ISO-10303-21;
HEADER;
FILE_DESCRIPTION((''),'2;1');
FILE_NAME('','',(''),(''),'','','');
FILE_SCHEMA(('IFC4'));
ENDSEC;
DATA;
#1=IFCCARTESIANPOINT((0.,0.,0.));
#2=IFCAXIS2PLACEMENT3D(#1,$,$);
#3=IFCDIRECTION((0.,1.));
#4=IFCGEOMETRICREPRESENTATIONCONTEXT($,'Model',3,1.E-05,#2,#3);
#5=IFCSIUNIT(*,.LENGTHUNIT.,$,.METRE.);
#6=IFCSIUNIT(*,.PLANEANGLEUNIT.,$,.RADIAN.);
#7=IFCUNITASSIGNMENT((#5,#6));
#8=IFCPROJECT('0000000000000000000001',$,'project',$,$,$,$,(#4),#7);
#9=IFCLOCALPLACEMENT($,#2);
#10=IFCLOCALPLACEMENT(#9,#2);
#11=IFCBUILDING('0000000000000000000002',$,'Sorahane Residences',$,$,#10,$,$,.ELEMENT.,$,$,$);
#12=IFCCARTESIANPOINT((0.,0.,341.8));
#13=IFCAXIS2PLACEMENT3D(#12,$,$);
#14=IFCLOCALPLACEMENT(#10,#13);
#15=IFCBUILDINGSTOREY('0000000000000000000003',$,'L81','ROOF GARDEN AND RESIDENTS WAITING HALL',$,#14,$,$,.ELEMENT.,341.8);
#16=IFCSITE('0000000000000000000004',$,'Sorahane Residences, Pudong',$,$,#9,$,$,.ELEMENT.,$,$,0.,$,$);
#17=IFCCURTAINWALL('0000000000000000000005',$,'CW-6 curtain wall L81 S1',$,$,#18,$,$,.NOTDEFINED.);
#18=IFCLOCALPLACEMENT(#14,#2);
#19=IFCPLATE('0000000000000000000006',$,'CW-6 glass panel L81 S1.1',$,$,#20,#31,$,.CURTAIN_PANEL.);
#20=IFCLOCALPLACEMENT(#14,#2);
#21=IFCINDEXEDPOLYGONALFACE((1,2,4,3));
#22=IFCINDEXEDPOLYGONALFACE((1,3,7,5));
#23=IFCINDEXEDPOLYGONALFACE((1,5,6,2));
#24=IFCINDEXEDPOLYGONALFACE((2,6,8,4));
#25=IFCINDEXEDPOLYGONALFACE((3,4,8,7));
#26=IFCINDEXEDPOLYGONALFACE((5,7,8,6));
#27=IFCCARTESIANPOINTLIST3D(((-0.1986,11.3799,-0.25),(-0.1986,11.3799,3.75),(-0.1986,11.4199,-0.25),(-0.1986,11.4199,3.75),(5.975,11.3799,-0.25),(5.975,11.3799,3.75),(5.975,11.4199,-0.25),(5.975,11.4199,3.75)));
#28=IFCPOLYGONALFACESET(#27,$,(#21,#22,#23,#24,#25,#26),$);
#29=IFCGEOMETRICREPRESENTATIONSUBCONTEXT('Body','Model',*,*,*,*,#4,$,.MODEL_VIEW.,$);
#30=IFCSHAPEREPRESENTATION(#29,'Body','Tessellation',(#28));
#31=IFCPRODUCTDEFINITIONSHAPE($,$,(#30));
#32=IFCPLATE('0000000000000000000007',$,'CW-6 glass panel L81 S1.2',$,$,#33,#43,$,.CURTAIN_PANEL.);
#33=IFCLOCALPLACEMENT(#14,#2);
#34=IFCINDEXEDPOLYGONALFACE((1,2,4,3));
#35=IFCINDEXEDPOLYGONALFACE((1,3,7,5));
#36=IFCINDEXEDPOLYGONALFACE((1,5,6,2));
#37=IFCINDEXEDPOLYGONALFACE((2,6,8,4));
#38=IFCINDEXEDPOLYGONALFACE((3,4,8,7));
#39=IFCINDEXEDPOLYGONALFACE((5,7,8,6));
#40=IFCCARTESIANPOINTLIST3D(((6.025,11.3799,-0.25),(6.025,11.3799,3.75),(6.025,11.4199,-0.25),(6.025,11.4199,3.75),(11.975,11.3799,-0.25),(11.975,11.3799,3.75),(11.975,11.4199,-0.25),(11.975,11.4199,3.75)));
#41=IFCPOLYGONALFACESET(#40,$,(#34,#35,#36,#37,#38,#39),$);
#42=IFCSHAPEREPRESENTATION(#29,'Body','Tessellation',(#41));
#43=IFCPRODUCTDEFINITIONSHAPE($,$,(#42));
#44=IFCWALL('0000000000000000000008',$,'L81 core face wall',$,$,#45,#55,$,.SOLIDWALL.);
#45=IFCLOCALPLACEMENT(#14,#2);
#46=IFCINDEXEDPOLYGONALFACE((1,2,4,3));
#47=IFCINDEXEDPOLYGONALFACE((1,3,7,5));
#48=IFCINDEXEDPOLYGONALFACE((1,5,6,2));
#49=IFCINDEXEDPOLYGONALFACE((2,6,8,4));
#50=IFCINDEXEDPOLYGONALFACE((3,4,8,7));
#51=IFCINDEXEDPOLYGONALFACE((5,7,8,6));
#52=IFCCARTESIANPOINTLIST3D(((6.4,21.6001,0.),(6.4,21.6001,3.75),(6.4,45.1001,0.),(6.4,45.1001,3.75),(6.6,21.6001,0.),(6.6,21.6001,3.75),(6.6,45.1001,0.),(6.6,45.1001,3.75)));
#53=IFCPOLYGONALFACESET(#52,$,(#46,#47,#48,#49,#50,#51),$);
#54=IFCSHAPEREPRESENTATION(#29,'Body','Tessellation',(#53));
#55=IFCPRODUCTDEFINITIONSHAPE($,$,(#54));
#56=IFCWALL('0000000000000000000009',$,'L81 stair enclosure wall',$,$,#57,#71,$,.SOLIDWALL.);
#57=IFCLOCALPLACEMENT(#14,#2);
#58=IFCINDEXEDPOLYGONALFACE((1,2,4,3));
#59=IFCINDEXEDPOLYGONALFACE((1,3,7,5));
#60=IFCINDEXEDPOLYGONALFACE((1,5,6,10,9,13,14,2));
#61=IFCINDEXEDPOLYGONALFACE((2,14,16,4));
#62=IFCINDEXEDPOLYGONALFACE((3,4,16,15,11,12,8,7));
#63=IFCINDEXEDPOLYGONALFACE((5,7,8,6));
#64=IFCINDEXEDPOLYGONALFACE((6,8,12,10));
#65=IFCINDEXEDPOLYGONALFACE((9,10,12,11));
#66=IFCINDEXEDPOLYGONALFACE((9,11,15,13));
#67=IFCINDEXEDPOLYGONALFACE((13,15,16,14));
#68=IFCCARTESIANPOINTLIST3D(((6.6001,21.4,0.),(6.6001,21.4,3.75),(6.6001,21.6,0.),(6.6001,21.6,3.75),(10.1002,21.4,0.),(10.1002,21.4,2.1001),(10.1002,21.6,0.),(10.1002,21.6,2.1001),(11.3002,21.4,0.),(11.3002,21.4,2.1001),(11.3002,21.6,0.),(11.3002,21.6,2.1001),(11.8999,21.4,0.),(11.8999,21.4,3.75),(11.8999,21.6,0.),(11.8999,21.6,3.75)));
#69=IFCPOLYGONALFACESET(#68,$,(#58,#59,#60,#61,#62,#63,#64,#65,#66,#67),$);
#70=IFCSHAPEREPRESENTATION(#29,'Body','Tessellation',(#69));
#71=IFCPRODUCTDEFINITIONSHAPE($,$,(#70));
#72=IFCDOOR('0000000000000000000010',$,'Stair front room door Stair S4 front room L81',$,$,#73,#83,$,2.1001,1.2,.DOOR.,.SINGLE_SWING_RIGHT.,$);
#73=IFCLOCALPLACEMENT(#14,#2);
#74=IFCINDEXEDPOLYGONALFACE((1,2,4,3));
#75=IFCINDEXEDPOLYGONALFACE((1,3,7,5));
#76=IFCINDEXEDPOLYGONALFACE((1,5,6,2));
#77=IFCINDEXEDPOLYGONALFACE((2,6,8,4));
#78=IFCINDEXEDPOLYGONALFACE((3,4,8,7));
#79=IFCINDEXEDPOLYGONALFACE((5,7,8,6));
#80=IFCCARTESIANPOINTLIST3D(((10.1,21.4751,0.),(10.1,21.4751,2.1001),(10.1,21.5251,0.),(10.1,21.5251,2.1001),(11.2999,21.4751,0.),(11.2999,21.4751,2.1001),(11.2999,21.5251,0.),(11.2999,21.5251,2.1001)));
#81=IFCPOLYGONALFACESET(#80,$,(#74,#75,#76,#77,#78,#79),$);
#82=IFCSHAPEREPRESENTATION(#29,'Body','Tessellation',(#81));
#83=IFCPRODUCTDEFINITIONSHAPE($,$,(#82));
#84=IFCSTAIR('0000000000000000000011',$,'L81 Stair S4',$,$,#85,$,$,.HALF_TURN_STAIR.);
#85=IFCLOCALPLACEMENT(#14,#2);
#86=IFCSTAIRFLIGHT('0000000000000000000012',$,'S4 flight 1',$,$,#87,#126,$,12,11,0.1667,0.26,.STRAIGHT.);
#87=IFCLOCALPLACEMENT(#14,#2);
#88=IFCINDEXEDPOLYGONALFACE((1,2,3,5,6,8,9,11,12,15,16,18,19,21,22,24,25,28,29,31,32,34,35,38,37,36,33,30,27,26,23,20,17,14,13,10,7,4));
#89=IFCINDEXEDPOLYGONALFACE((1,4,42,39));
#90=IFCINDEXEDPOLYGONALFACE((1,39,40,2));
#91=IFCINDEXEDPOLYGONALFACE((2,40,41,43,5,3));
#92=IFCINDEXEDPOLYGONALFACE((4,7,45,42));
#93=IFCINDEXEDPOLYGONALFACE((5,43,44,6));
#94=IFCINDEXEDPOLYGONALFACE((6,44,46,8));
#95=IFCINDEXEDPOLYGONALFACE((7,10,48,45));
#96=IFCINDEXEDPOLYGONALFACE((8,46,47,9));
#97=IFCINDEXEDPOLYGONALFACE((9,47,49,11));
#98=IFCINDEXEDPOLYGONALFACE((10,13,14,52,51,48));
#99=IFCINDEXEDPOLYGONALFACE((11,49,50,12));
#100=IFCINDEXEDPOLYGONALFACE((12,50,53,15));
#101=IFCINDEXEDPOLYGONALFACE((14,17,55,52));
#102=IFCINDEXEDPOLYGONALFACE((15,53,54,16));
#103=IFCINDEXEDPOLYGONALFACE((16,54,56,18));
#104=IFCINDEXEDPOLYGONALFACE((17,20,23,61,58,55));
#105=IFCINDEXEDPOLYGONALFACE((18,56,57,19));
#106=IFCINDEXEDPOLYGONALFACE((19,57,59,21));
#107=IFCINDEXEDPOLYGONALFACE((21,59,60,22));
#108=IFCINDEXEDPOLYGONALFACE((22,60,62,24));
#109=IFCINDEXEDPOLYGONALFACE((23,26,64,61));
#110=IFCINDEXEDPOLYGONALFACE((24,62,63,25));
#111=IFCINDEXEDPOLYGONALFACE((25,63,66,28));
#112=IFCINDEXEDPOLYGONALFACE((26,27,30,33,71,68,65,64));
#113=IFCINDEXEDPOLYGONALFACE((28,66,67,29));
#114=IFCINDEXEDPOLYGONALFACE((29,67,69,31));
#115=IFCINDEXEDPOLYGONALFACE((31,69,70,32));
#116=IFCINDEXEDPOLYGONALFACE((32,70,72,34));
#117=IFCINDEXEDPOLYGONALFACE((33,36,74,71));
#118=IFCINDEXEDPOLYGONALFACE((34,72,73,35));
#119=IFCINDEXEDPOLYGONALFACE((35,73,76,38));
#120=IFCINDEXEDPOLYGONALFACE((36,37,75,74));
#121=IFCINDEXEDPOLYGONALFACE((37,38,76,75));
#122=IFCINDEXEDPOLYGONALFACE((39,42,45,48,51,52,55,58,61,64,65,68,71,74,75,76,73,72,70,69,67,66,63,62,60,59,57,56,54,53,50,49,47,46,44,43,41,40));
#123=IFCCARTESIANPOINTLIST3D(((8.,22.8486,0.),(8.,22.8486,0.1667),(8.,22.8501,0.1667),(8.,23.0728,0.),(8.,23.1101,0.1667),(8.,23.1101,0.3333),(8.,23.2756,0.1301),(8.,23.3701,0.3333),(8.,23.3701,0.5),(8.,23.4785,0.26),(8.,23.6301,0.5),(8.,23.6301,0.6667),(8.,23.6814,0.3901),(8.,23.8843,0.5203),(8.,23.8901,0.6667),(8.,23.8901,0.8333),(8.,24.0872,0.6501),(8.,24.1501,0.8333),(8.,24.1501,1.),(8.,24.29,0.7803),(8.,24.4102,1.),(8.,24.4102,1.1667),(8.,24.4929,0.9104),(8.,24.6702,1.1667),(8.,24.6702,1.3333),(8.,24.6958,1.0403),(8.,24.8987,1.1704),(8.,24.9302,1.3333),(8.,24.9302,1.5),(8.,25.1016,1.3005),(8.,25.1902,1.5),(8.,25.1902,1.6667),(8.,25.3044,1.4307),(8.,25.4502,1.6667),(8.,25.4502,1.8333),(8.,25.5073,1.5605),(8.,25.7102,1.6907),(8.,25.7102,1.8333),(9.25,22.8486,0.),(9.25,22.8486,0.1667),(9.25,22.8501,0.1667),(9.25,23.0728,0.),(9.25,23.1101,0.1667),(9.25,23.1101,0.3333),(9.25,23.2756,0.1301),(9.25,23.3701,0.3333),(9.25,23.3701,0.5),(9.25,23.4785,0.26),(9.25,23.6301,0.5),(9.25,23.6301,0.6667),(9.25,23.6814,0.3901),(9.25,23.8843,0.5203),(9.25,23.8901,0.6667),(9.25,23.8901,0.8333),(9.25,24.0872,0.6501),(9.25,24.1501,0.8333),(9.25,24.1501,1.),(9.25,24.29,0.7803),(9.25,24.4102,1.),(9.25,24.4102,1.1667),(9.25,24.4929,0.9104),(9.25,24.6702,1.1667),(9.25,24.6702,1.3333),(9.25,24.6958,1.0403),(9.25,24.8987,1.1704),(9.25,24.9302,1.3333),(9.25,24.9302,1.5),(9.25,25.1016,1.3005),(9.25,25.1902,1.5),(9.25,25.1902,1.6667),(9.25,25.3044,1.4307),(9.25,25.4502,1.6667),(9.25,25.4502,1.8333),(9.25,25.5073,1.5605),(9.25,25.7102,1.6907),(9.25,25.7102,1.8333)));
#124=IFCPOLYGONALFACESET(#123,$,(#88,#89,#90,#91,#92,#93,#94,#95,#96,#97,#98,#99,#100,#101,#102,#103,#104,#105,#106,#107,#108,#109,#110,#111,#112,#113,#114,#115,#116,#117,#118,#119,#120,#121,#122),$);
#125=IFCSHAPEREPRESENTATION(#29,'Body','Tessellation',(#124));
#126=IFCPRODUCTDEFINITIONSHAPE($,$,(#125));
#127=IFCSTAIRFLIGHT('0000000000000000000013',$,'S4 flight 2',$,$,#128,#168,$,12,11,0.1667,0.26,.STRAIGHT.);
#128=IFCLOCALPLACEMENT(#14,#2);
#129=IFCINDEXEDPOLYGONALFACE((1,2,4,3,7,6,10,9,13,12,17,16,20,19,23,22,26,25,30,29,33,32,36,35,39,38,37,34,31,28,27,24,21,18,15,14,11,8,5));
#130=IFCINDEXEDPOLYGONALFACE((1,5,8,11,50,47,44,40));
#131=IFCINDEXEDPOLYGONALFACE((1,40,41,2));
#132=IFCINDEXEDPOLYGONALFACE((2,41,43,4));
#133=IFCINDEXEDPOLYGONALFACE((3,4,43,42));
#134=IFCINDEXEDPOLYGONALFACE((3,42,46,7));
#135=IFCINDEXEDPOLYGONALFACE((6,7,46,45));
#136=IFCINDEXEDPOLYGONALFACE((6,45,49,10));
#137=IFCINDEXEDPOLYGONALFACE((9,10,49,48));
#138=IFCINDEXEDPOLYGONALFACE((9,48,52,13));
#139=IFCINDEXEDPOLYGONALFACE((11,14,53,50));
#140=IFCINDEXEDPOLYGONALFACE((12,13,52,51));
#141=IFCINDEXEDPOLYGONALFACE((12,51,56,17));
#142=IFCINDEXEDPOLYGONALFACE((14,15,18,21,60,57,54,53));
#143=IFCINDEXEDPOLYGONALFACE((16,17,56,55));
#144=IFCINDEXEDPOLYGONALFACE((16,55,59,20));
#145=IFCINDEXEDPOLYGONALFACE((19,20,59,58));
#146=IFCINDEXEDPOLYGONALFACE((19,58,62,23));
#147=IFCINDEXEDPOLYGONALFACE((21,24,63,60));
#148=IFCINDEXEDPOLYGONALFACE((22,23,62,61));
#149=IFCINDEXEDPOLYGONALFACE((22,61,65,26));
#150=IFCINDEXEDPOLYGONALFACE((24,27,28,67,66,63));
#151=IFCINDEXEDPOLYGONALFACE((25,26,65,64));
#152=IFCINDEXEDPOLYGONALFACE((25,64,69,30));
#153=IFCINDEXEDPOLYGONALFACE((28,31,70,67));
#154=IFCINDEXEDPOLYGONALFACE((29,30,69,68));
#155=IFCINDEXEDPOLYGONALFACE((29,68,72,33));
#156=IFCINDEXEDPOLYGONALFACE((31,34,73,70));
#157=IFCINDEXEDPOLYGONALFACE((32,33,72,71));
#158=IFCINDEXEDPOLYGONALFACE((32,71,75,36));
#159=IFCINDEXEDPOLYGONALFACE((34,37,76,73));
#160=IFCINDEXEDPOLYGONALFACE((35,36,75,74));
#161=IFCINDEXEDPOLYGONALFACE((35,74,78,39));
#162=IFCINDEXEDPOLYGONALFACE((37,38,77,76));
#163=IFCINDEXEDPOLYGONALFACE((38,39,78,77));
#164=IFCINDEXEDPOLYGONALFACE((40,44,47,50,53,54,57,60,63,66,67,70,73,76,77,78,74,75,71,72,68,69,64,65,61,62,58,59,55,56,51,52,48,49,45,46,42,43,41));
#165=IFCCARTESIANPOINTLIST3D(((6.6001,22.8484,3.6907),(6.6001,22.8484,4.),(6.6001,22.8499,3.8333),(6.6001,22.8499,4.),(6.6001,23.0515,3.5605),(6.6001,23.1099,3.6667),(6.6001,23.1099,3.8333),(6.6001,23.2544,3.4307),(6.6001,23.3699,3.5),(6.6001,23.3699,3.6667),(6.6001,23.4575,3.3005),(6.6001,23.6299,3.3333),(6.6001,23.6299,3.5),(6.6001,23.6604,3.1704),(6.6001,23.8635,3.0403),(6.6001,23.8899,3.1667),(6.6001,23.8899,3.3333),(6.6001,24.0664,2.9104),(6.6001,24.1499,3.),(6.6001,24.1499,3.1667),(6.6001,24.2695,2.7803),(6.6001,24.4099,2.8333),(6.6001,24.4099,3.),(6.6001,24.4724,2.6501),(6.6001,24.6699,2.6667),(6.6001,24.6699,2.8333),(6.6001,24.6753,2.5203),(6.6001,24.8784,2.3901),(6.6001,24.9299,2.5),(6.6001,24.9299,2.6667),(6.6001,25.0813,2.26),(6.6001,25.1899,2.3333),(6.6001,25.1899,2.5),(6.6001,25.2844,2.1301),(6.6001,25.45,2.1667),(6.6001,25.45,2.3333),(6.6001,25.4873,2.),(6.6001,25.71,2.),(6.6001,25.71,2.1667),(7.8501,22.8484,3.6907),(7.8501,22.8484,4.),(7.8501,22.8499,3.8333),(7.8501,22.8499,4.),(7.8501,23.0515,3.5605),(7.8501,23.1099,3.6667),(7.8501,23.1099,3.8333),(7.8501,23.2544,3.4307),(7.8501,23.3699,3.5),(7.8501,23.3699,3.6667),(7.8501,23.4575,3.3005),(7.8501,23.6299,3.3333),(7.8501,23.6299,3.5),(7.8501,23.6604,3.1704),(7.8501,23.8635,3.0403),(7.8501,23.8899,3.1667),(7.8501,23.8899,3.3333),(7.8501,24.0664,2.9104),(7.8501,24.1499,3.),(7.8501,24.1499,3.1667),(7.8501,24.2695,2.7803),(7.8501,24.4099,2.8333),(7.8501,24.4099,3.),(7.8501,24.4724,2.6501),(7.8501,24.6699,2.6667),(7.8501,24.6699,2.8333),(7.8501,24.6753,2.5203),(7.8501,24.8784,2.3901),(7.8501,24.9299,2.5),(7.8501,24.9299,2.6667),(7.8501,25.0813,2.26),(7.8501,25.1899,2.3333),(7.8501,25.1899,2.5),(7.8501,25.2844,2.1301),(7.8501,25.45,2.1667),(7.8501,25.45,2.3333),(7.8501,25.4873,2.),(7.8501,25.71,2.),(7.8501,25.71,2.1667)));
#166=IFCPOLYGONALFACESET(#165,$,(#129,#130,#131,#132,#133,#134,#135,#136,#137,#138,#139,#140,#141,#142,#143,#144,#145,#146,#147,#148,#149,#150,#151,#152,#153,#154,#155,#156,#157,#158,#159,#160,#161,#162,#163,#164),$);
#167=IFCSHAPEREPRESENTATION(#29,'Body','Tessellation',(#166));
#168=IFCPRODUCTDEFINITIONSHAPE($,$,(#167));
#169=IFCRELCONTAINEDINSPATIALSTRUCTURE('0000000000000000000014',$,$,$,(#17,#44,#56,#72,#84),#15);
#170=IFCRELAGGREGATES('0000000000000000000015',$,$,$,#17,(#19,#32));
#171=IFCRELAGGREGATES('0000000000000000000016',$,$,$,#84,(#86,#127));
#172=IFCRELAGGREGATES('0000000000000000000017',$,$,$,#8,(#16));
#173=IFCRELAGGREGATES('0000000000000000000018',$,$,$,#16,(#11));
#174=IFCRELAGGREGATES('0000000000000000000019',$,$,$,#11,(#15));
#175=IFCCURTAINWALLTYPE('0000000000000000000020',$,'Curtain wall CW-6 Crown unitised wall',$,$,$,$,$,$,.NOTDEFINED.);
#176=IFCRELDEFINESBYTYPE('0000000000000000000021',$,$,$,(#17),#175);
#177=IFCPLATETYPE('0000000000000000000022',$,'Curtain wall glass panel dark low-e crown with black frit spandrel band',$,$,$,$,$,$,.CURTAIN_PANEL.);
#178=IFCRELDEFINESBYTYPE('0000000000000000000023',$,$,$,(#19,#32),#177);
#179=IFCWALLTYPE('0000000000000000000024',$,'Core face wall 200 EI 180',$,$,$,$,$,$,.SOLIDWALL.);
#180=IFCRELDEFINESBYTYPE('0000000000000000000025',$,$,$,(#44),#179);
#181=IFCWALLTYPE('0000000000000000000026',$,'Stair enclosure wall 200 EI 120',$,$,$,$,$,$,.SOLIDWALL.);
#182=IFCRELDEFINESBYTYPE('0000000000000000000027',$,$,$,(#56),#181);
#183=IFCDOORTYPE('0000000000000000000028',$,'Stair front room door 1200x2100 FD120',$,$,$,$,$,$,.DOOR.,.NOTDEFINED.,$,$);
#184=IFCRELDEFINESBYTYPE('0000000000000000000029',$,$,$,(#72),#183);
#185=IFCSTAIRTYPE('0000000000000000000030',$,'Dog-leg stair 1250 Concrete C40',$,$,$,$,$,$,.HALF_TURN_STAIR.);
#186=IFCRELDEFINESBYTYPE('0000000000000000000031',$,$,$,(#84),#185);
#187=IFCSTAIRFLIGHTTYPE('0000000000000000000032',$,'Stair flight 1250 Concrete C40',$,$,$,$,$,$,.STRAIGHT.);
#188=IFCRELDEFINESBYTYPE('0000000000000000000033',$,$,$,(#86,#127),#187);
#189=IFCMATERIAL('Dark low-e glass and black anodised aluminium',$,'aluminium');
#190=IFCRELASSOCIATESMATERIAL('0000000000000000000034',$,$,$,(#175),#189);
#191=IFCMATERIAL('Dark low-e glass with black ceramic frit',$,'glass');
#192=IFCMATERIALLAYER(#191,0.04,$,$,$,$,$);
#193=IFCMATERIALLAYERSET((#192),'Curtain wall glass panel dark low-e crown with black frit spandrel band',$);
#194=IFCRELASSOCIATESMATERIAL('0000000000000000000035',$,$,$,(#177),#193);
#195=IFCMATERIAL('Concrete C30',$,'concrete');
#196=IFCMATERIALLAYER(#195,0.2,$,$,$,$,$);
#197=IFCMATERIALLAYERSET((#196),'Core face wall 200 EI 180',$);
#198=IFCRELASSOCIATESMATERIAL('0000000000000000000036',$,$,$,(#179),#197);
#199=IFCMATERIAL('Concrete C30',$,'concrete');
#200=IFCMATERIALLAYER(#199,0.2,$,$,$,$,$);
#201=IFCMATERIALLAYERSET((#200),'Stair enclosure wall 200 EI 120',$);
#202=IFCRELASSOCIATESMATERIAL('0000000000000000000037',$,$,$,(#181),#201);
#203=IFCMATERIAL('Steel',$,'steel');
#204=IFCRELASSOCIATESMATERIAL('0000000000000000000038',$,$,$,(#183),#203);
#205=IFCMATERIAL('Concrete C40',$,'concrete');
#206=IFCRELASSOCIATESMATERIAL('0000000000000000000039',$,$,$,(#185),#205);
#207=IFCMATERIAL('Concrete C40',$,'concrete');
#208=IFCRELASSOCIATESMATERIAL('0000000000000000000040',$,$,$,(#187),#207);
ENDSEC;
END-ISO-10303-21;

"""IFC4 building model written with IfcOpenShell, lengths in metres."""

from ifc_helpers import new_model, si_unit, direction, frame, frame_2d, origin, origin_2d, place, context, subcontext, project, spatial, polyline, rectangle, outline, extrude, material, layer, layer_set, type_object, element, fill, aggregate, save


model = new_model("IFC4")

# Units and contexts
model_context = context("Model", 3, precision=1e-05, world=origin(), true_north=direction((0.0, 1.0)))
body_context = subcontext(model_context, "Body", "Model", "MODEL_VIEW")
ifc_project = project(units=[si_unit("LENGTHUNIT", "METRE"), si_unit("PLANEANGLEUNIT", "RADIAN")], contexts=[model_context])

# Site, building, storey
site_placement = place(None, origin())
site = spatial("IfcSite", under=ifc_project, at=site_placement, Name="Sorahane Residences, Pudong", CompositionType="ELEMENT", RefElevation=0.0)
building_placement = place(site_placement, origin())
building = spatial("IfcBuilding", under=site, at=building_placement, Name="Sorahane Residences", CompositionType="ELEMENT")
storey_placement = place(building_placement, frame((0.0, 0.0, 341.8)))
storey = spatial("IfcBuildingStorey", under=building, at=storey_placement, Name="L81", Description="ROOF GARDEN AND RESIDENTS WAITING HALL", CompositionType="ELEMENT", Elevation=341.8)

# Curtain wall
ifc_material_1 = material(Name="Dark low-e glass and black anodised aluminium", Category="aluminium")
curtain_wall_type = type_object("IfcCurtainWallType", Name="Curtain wall CW-6 Crown unitised wall", PredefinedType="NOTDEFINED", material=ifc_material_1)
curtain_wall_placement = place(storey_placement, origin())
curtain_wall = element("IfcCurtainWall", 1, at=curtain_wall_placement, inside=storey, type_object=curtain_wall_type, Name="CW-6 curtain wall L81 S1", PredefinedType="NOTDEFINED")

# Plates
ifc_material_2 = material(Name="Dark low-e glass with black ceramic frit", Category="glass")
ifc_layer_1 = layer(ifc_material_2, 0.04)
ifc_layer_set_1 = layer_set([ifc_layer_1], Name="Curtain wall glass panel dark low-e crown with black frit spandrel band")
plate_type = type_object("IfcPlateType", Name="Curtain wall glass panel dark low-e crown with black frit spandrel band", PredefinedType="CURTAIN_PANEL", material=ifc_layer_set_1)
plate_1_placement = place(storey_placement, frame((2.8882, 11.3999, -0.25), z_axis=(0.0, 0.0, 1.0), x_axis=(1.0, 0.0, 0.0)))
plate_1 = element("IfcPlate", 2, at=plate_1_placement, type_object=plate_type, Name="CW-6 glass panel L81 S1.1", PredefinedType="CURTAIN_PANEL", context=body_context, shape_type="SweptSolid", body=[
    extrude(rectangle(XDim=6.1736, YDim=0.04, at=origin_2d()), origin(), (0.0, 0.0, 1.0), 4.0),
])
plate_2_placement = place(storey_placement, frame((9.0, 11.3999, -0.25), z_axis=(0.0, 0.0, 1.0), x_axis=(1.0, 0.0, 0.0)))
plate_2 = element("IfcPlate", 3, at=plate_2_placement, type_object=plate_type, Name="CW-6 glass panel L81 S1.2", PredefinedType="CURTAIN_PANEL", context=body_context, shape_type="SweptSolid", body=[
    extrude(rectangle(XDim=5.95, YDim=0.04, at=origin_2d()), origin(), (0.0, 0.0, 1.0), 4.0),
])
aggregate(curtain_wall, [plate_1, plate_2])

# Wall
ifc_material_3 = material(Name="Concrete C30", Category="concrete")
ifc_layer_2 = layer(ifc_material_3, 0.2)
ifc_layer_set_2 = layer_set([ifc_layer_2], Name="Core face wall 200 EI 180")
wall_type_1 = type_object("IfcWallType", Name="Core face wall 200 EI 180", PredefinedType="SOLIDWALL", material=ifc_layer_set_2)
wall_1_placement = place(storey_placement, frame((6.5, 21.6001, 0.0), z_axis=(0.0, 0.0, 1.0), x_axis=(0.0, 1.0, 0.0)))
element("IfcWall", 4, at=wall_1_placement, inside=storey, type_object=wall_type_1, Name="L81 core face wall", PredefinedType="SOLIDWALL", context=body_context, shape_type="SweptSolid", body=[
    extrude(rectangle(XDim=23.5, YDim=0.2, at=frame_2d((11.75, 0.0))), origin(), (0.0, 0.0, 1.0), 3.75),
])

# Wall, opening, door
ifc_material_4 = material(Name="Concrete C30", Category="concrete")
ifc_layer_3 = layer(ifc_material_4, 0.2)
ifc_layer_set_3 = layer_set([ifc_layer_3], Name="Stair enclosure wall 200 EI 120")
wall_type_2 = type_object("IfcWallType", Name="Stair enclosure wall 200 EI 120", PredefinedType="SOLIDWALL", material=ifc_layer_set_3)
wall_2_placement = place(storey_placement, frame((6.6001, 21.5, 0.0), z_axis=(0.0, 0.0, 1.0), x_axis=(1.0, 0.0, 0.0)))
wall_2 = element("IfcWall", 5, at=wall_2_placement, inside=storey, type_object=wall_type_2, Name="L81 stair enclosure wall", PredefinedType="SOLIDWALL", context=body_context, shape_type="SweptSolid", body=[
    extrude(rectangle(XDim=5.2998, YDim=0.2, at=frame_2d((2.6499, 0.0))), origin(), (0.0, 0.0, 1.0), 3.75),
])
opening_placement = place(wall_2_placement, frame((3.5, 0.0, 0.0)))
opening = element("IfcOpeningElement", 6, at=opening_placement, cuts=wall_2, PredefinedType="OPENING", context=body_context, shape_type="SweptSolid", body=[
    extrude(rectangle(XDim=1.2, YDim=2.1001, at=frame_2d((0.6001, 1.05))), frame((0.0, 0.1099, 0.0), z_axis=(0.0, -1.0, 0.0), x_axis=(1.0, 0.0, 0.0)), (0.0, 0.0, 1.0), 0.22),
])
ifc_material_5 = material(Name="Steel", Category="steel")
door_type = type_object("IfcDoorType", Name="Stair front room door 1200x2100 FD120", OperationType="NOTDEFINED", PredefinedType="DOOR", material=ifc_material_5)
door_placement = place(opening_placement, frame((1.2, 0.0, 0.0), z_axis=(0.0, 0.0, 1.0), x_axis=(-1.0, 0.0, 0.0)))
door = element("IfcDoor", 7, at=door_placement, inside=storey, type_object=door_type, Name="Stair front room door Stair S4 front room L81", OperationType="SINGLE_SWING_RIGHT", OverallHeight=2.1001, OverallWidth=1.2, PredefinedType="DOOR", context=body_context, shape_type="SweptSolid", body=[
    extrude(rectangle(XDim=1.2, YDim=2.1001, at=frame_2d((0.6001, 1.05))), frame((0.0, 0.0249, 0.0), z_axis=(0.0, -1.0, 0.0), x_axis=(1.0, 0.0, 0.0)), (0.0, 0.0, 1.0), 0.05),
])
fill(opening, door)

# Stair, stair flights
ifc_material_6 = material(Name="Concrete C40", Category="concrete")
stair_type = type_object("IfcStairType", Name="Dog-leg stair 1250 Concrete C40", PredefinedType="HALF_TURN_STAIR", material=ifc_material_6)
stair_placement = place(storey_placement, origin())
stair = element("IfcStair", 8, at=stair_placement, inside=storey, type_object=stair_type, Name="L81 Stair S4", PredefinedType="HALF_TURN_STAIR")
ifc_material_7 = material(Name="Concrete C40", Category="concrete")
stair_flight_type = type_object("IfcStairFlightType", Name="Stair flight 1250 Concrete C40", PredefinedType="STRAIGHT", material=ifc_material_7)
stair_flight_1_placement = place(storey_placement, frame((8.625, 22.8501, 0.0), z_axis=(0.0, 0.0, 1.0), x_axis=(0.0, 1.0, 0.0)))
stair_flight_1 = element("IfcStairFlight", 9, at=stair_flight_1_placement, type_object=stair_flight_type, Name="S4 flight 1", NumberOfRisers=12, NumberOfTreads=11, PredefinedType="STRAIGHT", RiserHeight=0.1667, TreadLength=0.26, context=body_context, shape_type="SweptSolid", body=[
    extrude(outline(polyline([(-0.0015, 0.0), (-0.0015, 0.1667), (0.0, 0.1667), (0.26, 0.1667), (0.26, 0.3333), (0.52, 0.3333), (0.52, 0.5), (0.78, 0.5), (0.78, 0.6667), (1.04, 0.6667), (1.04, 0.8333), (1.3, 0.8333), (1.3, 1.0), (1.5601, 1.0), (1.5601, 1.1667), (1.8201, 1.1667), (1.8201, 1.3333), (2.0801, 1.3333), (2.0801, 1.5), (2.3401, 1.5), (2.3401, 1.6667), (2.6001, 1.6667), (2.6001, 1.8333), (2.8601, 1.8333), (2.8601, 2.0), (2.8601, 1.6907), (2.6572, 1.5605), (2.4543, 1.4307), (2.2515, 1.3005), (2.0486, 1.1704), (1.8457, 1.0403), (1.6428, 0.9104), (1.4399, 0.7803), (1.2371, 0.6501), (1.0342, 0.5203), (0.8313, 0.3901), (0.6284, 0.26), (0.4255, 0.1301), (0.2227, 0.0), (-0.0015, 0.0)])), frame((0.0, 0.625, 0.0), z_axis=(0.0, -1.0, 0.0), x_axis=(1.0, 0.0, 0.0)), (0.0, 0.0, 1.0), 1.25),
])
stair_flight_2_placement = place(storey_placement, frame((7.2251, 25.71, 2.0), z_axis=(0.0, 0.0, 1.0), x_axis=(0.0, -1.0, 0.0)))
stair_flight_2 = element("IfcStairFlight", 10, at=stair_flight_2_placement, type_object=stair_flight_type, Name="S4 flight 2", NumberOfRisers=12, NumberOfTreads=11, PredefinedType="STRAIGHT", RiserHeight=0.1667, TreadLength=0.26, context=body_context, shape_type="SweptSolid", body=[
    extrude(outline(polyline([(0.0, 0.0), (0.0, 0.1667), (0.26, 0.1667), (0.26, 0.3333), (0.52, 0.3333), (0.52, 0.5), (0.78, 0.5), (0.78, 0.6667), (1.04, 0.6667), (1.04, 0.8333), (1.3, 0.8333), (1.3, 1.0), (1.5601, 1.0), (1.5601, 1.1667), (1.8201, 1.1667), (1.8201, 1.3333), (2.0801, 1.3333), (2.0801, 1.5), (2.3401, 1.5), (2.3401, 1.6667), (2.6001, 1.6667), (2.6001, 1.8333), (2.8601, 1.8333), (2.8601, 2.0), (2.8616, 2.0), (2.8616, 1.6907), (2.6584, 1.5605), (2.4556, 1.4307), (2.2524, 1.3005), (2.0496, 1.1704), (1.8464, 1.0403), (1.6436, 0.9104), (1.4404, 0.7803), (1.2375, 0.6501), (1.0347, 0.5203), (0.8315, 0.3901), (0.6287, 0.26), (0.4255, 0.1301), (0.2227, 0.0), (0.0, 0.0)])), frame((0.0, 0.625, 0.0), z_axis=(0.0, -1.0, 0.0), x_axis=(1.0, 0.0, 0.0)), (0.0, 0.0, 1.0), 1.25),
])
aggregate(stair, [stair_flight_1, stair_flight_2])

save(model, "model.ifc")
